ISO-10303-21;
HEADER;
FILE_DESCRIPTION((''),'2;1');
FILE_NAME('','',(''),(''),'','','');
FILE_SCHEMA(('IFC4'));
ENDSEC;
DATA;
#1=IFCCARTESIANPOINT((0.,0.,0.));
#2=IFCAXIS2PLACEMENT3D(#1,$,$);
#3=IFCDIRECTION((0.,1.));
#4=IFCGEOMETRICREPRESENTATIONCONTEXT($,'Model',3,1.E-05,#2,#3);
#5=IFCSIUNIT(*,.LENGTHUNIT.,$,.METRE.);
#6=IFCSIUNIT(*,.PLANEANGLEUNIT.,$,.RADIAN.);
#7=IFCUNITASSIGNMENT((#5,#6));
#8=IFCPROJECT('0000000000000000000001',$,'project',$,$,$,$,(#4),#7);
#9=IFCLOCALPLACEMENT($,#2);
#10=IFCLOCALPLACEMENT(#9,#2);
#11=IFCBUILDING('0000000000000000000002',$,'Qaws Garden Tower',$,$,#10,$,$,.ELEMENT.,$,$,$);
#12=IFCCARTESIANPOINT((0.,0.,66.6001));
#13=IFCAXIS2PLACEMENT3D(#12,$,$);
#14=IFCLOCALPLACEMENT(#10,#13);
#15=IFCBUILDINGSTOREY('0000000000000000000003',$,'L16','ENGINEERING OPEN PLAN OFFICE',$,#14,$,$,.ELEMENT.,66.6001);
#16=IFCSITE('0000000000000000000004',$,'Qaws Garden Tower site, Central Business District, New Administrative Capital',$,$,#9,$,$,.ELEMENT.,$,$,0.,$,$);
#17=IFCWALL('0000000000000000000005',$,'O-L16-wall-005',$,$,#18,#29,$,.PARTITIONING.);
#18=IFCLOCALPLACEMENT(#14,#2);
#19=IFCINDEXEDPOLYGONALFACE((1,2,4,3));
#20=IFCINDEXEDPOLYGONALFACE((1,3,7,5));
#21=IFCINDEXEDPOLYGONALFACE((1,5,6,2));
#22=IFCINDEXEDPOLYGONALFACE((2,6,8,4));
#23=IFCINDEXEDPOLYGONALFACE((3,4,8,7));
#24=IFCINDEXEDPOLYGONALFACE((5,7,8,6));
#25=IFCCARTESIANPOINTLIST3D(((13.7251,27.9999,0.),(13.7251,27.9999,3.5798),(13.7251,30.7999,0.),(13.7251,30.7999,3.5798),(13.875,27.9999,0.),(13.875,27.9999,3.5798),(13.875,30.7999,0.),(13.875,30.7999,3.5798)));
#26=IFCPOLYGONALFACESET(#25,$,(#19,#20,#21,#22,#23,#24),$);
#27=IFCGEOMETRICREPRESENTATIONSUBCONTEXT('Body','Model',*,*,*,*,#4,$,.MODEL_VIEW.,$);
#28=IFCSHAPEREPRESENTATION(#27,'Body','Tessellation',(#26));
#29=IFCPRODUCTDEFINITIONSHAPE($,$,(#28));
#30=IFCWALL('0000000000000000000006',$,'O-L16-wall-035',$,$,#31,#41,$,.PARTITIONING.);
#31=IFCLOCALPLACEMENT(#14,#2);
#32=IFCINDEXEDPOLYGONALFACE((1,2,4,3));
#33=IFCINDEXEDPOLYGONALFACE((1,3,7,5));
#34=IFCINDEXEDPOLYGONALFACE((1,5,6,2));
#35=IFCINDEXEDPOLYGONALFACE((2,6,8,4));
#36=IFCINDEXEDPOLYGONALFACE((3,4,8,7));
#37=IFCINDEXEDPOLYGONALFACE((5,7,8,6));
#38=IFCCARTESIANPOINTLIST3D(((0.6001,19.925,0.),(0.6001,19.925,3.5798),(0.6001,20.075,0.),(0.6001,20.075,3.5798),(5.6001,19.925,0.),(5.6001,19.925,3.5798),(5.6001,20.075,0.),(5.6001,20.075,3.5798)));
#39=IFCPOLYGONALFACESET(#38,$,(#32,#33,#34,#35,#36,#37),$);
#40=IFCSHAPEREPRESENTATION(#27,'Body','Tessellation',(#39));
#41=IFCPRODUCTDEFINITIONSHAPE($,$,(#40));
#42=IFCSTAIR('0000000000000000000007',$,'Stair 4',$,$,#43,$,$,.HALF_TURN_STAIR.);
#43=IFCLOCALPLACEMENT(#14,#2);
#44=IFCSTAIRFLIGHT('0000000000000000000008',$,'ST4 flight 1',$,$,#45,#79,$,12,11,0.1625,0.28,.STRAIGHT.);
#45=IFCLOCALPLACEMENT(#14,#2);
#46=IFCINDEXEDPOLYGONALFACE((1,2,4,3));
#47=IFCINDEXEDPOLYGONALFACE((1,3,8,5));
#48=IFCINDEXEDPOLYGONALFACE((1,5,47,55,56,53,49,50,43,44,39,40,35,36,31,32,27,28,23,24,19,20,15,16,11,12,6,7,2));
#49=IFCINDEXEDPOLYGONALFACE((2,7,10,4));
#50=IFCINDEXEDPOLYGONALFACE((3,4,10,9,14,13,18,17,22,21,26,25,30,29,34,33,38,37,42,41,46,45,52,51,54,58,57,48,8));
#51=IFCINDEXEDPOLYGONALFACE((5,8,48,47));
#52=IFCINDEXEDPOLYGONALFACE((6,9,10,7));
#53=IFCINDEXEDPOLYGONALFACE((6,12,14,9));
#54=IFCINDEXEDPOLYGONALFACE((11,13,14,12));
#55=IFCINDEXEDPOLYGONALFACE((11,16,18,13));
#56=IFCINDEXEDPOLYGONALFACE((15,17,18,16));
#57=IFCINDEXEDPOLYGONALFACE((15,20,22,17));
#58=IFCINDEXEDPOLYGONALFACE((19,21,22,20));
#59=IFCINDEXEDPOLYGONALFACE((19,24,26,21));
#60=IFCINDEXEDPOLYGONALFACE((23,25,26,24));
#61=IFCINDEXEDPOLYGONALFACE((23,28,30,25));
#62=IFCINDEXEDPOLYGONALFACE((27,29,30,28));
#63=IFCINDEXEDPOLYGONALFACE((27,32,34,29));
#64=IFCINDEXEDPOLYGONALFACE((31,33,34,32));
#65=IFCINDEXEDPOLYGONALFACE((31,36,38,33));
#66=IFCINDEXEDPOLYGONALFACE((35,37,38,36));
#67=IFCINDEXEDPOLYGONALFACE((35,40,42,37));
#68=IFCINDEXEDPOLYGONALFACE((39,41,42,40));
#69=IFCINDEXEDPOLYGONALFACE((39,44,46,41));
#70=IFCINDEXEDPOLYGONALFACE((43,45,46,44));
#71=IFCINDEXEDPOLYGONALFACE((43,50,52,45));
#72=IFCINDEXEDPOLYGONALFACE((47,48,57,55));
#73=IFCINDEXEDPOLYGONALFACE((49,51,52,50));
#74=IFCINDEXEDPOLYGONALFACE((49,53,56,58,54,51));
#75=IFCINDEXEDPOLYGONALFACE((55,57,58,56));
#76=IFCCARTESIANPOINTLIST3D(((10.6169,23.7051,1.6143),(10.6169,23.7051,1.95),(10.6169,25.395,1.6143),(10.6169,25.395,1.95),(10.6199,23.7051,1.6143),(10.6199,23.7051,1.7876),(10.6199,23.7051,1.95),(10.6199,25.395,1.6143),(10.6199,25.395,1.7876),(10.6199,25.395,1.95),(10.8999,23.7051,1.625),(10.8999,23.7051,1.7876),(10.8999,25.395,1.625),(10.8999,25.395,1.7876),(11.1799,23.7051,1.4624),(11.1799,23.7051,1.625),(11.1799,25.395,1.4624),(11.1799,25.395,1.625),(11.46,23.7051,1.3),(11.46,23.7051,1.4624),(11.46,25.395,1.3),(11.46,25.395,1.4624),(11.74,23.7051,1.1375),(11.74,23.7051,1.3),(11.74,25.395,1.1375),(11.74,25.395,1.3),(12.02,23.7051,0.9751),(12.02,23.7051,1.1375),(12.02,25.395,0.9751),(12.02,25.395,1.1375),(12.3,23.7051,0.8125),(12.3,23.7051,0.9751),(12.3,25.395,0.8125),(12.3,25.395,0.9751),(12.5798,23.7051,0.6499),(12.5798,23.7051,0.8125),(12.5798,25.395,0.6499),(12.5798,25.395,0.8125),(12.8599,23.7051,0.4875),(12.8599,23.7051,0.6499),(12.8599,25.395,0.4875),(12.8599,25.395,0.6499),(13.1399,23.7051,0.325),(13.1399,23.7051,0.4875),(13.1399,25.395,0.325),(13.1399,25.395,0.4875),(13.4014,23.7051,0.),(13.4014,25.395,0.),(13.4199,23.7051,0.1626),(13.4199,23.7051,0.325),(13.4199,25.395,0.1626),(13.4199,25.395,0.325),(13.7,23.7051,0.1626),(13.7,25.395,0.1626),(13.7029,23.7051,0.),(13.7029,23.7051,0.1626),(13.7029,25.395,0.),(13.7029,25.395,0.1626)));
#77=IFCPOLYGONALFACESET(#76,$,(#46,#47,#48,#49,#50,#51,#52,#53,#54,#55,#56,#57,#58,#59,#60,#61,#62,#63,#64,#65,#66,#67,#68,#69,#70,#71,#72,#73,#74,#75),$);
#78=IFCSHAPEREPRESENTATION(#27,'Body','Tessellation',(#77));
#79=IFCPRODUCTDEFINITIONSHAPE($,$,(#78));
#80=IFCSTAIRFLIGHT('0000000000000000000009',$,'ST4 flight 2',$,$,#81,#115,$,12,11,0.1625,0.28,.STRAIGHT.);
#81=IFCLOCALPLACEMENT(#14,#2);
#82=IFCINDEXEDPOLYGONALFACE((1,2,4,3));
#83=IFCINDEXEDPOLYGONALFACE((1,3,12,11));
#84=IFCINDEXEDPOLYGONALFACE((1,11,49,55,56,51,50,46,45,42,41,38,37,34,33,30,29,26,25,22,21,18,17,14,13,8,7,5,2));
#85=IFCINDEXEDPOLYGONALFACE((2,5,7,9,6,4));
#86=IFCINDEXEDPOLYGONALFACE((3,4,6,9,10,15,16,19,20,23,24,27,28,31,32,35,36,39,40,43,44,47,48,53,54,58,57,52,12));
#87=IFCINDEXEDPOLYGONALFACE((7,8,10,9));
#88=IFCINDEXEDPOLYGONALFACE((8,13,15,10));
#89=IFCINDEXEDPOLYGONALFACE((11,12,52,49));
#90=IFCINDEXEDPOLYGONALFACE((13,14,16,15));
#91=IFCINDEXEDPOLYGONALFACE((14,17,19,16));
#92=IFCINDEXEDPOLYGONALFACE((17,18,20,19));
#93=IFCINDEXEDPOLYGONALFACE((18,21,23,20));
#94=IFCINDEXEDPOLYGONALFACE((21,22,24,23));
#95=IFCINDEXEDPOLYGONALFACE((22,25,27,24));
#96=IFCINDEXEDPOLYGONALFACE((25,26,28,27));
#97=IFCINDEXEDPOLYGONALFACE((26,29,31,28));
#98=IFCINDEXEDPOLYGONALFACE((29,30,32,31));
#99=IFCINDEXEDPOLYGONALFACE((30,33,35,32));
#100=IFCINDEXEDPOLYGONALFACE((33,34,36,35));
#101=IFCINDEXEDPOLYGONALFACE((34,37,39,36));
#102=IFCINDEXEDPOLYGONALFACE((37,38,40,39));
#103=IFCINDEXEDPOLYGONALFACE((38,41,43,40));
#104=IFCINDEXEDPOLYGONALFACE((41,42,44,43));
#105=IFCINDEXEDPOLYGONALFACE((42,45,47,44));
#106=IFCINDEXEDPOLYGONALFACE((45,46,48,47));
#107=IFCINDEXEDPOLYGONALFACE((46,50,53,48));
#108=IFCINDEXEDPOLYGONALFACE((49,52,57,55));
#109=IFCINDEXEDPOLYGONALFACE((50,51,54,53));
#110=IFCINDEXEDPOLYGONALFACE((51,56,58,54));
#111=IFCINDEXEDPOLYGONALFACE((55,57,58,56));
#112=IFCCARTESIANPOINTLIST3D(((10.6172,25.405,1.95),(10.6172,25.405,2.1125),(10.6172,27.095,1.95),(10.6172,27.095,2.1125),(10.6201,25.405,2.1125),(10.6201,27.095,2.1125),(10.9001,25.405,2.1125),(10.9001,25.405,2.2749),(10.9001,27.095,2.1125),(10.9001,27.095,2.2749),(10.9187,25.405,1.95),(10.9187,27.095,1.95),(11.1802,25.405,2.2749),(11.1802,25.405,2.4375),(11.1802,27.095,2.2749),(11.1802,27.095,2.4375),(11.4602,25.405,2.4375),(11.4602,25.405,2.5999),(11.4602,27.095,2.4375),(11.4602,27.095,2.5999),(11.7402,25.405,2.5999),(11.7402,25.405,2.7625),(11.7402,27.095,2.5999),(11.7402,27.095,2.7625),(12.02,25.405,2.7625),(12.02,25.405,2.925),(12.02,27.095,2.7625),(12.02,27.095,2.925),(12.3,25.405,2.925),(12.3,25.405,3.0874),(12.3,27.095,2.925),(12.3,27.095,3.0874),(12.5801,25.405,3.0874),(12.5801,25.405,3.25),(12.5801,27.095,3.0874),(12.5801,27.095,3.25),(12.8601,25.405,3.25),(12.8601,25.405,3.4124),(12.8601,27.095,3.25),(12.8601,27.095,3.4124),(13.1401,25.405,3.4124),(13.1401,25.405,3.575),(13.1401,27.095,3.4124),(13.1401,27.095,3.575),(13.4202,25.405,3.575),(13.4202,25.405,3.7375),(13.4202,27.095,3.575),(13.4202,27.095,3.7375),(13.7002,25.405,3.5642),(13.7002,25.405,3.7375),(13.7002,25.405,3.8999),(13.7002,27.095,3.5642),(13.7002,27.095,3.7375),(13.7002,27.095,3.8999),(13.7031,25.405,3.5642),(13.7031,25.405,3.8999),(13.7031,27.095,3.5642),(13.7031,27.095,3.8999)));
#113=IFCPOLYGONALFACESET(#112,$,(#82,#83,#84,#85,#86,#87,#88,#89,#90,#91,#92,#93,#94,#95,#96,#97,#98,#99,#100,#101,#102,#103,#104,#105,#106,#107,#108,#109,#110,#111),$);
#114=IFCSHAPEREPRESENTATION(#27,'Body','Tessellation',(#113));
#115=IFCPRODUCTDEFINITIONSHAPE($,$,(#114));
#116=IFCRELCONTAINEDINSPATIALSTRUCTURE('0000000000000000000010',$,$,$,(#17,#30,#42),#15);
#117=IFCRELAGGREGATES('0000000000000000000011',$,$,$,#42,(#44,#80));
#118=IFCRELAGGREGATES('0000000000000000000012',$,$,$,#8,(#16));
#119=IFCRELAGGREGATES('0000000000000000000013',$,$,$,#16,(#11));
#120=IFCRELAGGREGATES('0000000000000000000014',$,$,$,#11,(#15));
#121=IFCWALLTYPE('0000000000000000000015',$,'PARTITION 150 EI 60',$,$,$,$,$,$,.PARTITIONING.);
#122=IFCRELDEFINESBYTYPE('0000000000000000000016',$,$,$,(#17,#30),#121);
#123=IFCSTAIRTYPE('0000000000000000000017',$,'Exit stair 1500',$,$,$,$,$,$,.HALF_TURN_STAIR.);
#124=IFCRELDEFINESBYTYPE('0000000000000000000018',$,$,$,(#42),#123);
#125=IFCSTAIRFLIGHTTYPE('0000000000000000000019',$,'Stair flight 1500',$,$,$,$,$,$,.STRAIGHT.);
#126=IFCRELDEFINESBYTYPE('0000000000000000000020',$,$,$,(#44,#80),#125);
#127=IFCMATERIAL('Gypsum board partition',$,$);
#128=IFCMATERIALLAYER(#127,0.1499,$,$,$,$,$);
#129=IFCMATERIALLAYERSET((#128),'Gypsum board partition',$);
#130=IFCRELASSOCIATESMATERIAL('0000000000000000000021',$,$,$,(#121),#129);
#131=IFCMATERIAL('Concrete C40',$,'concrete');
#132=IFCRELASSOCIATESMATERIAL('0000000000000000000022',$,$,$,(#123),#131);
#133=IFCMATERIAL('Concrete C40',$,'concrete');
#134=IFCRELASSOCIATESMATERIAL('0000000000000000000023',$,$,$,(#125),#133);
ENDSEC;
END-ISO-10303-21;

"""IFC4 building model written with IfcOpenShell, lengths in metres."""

from ifc_helpers import new_model, si_unit, direction, frame, frame_2d, origin, place, context, subcontext, project, spatial, polyline, rectangle, outline, extrude, material, layer, layer_set, type_object, element, aggregate, save


model = new_model("IFC4")

# Units and contexts
model_context = context("Model", 3, precision=1e-05, world=origin(), true_north=direction((0.0, 1.0)))
body_context = subcontext(model_context, "Body", "Model", "MODEL_VIEW")
ifc_project = project(units=[si_unit("LENGTHUNIT", "METRE"), si_unit("PLANEANGLEUNIT", "RADIAN")], contexts=[model_context])

# Site, building, storey
site_placement = place(None, origin())
site = spatial("IfcSite", under=ifc_project, at=site_placement, Name="Qaws Garden Tower site, Central Business District, New Administrative Capital", CompositionType="ELEMENT", RefElevation=0.0)
building_placement = place(site_placement, origin())
building = spatial("IfcBuilding", under=site, at=building_placement, Name="Qaws Garden Tower", CompositionType="ELEMENT")
storey_placement = place(building_placement, frame((0.0, 0.0, 66.6001)))
storey = spatial("IfcBuildingStorey", under=building, at=storey_placement, Name="L16", Description="ENGINEERING OPEN PLAN OFFICE", CompositionType="ELEMENT", Elevation=66.6001)

# Walls
ifc_material_1 = material(Name="Gypsum board partition")
ifc_layer_1 = layer(ifc_material_1, 0.1499)
ifc_layer_set_1 = layer_set([ifc_layer_1], Name="Gypsum board partition")
wall_type_1 = type_object("IfcWallType", Name="PARTITION 150 EI 60", PredefinedType="PARTITIONING", material=ifc_layer_set_1)
wall_1_placement = place(storey_placement, frame((13.8, 28.0, 0.0), z_axis=(0.0, 0.0, 1.0), x_axis=(0.0, 1.0, 0.0)))
element("IfcWall", 1, at=wall_1_placement, inside=storey, type_object=wall_type_1, Name="O-L16-wall-005", PredefinedType="PARTITIONING", context=body_context, shape_type="SweptSolid", body=[
    extrude(rectangle(XDim=2.8, YDim=0.1499, at=frame_2d((1.3999, 0.0))), origin(), (0.0, 0.0, 1.0), 3.5798),
])
wall_2_placement = place(storey_placement, frame((0.6001, 20.0, 0.0), z_axis=(0.0, 0.0, 1.0), x_axis=(1.0, 0.0, 0.0)))
element("IfcWall", 2, at=wall_2_placement, inside=storey, type_object=wall_type_1, Name="O-L16-wall-035", PredefinedType="PARTITIONING", context=body_context, shape_type="SweptSolid", body=[
    extrude(rectangle(XDim=5.0, YDim=0.1499, at=frame_2d((2.5, 0.0))), origin(), (0.0, 0.0, 1.0), 3.5798),
])

# Stair, stair flights
ifc_material_2 = material(Name="Concrete C40", Category="concrete")
stair_type = type_object("IfcStairType", Name="Exit stair 1500", PredefinedType="HALF_TURN_STAIR", material=ifc_material_2)
stair_placement = place(storey_placement, origin())
stair = element("IfcStair", 3, at=stair_placement, inside=storey, type_object=stair_type, Name="Stair 4", PredefinedType="HALF_TURN_STAIR")
ifc_material_3 = material(Name="Concrete C40", Category="concrete")
stair_flight_type = type_object("IfcStairFlightType", Name="Stair flight 1500", PredefinedType="STRAIGHT", material=ifc_material_3)
stair_flight_1_placement = place(storey_placement, frame((13.7, 24.55, 0.0), z_axis=(0.0, 0.0, 1.0), x_axis=(-1.0, 0.0, 0.0)))
stair_flight_1 = element("IfcStairFlight", 4, at=stair_flight_1_placement, type_object=stair_flight_type, Name="ST4 flight 1", NumberOfRisers=12, NumberOfTreads=11, PredefinedType="STRAIGHT", RiserHeight=0.1625, TreadLength=0.28, context=body_context, shape_type="SweptSolid", body=[
    extrude(outline(polyline([(-0.0029, 0.0), (-0.0029, 0.1626), (0.0, 0.1626), (0.28, 0.1626), (0.28, 0.325), (0.5601, 0.325), (0.5601, 0.4875), (0.8401, 0.4875), (0.8401, 0.6499), (1.1201, 0.6499), (1.1201, 0.8125), (1.3999, 0.8125), (1.3999, 0.9751), (1.6799, 0.9751), (1.6799, 1.1375), (1.96, 1.1375), (1.96, 1.3), (2.24, 1.3), (2.24, 1.4624), (2.52, 1.4624), (2.52, 1.625), (2.8, 1.625), (2.8, 1.7876), (3.0801, 1.7876), (3.0801, 1.95), (3.083, 1.95), (3.083, 1.6143), (3.0801, 1.6143), (0.2986, 0.0), (-0.0029, 0.0)])), frame((0.0, 0.845, 0.0), z_axis=(0.0, -1.0, 0.0), x_axis=(1.0, 0.0, 0.0)), (0.0, 0.0, 1.0), 1.6899),
])
stair_flight_2_placement = place(storey_placement, frame((10.6201, 26.25, 1.95), z_axis=(0.0, 0.0, 1.0), x_axis=(1.0, 0.0, 0.0)))
stair_flight_2 = element("IfcStairFlight", 5, at=stair_flight_2_placement, type_object=stair_flight_type, Name="ST4 flight 2", NumberOfRisers=12, NumberOfTreads=11, PredefinedType="STRAIGHT", RiserHeight=0.1625, TreadLength=0.28, context=body_context, shape_type="SweptSolid", body=[
    extrude(outline(polyline([(-0.0029, 0.0), (-0.0029, 0.1626), (0.0, 0.1626), (0.28, 0.1626), (0.28, 0.325), (0.5601, 0.325), (0.5601, 0.4875), (0.8401, 0.4875), (0.8401, 0.6499), (1.1201, 0.6499), (1.1201, 0.8125), (1.3999, 0.8125), (1.3999, 0.9751), (1.6799, 0.9751), (1.6799, 1.1375), (1.96, 1.1375), (1.96, 1.3), (2.24, 1.3), (2.24, 1.4624), (2.52, 1.4624), (2.52, 1.625), (2.8, 1.625), (2.8, 1.7876), (3.0801, 1.7876), (3.0801, 1.95), (3.083, 1.95), (3.083, 1.6143), (3.0801, 1.6143), (0.2986, 0.0), (-0.0029, 0.0)])), frame((0.0, 0.845, 0.0), z_axis=(0.0, -1.0, 0.0), x_axis=(1.0, 0.0, 0.0)), (0.0, 0.0, 1.0), 1.6899),
])
aggregate(stair, [stair_flight_1, stair_flight_2])

save(model, "model.ifc")
